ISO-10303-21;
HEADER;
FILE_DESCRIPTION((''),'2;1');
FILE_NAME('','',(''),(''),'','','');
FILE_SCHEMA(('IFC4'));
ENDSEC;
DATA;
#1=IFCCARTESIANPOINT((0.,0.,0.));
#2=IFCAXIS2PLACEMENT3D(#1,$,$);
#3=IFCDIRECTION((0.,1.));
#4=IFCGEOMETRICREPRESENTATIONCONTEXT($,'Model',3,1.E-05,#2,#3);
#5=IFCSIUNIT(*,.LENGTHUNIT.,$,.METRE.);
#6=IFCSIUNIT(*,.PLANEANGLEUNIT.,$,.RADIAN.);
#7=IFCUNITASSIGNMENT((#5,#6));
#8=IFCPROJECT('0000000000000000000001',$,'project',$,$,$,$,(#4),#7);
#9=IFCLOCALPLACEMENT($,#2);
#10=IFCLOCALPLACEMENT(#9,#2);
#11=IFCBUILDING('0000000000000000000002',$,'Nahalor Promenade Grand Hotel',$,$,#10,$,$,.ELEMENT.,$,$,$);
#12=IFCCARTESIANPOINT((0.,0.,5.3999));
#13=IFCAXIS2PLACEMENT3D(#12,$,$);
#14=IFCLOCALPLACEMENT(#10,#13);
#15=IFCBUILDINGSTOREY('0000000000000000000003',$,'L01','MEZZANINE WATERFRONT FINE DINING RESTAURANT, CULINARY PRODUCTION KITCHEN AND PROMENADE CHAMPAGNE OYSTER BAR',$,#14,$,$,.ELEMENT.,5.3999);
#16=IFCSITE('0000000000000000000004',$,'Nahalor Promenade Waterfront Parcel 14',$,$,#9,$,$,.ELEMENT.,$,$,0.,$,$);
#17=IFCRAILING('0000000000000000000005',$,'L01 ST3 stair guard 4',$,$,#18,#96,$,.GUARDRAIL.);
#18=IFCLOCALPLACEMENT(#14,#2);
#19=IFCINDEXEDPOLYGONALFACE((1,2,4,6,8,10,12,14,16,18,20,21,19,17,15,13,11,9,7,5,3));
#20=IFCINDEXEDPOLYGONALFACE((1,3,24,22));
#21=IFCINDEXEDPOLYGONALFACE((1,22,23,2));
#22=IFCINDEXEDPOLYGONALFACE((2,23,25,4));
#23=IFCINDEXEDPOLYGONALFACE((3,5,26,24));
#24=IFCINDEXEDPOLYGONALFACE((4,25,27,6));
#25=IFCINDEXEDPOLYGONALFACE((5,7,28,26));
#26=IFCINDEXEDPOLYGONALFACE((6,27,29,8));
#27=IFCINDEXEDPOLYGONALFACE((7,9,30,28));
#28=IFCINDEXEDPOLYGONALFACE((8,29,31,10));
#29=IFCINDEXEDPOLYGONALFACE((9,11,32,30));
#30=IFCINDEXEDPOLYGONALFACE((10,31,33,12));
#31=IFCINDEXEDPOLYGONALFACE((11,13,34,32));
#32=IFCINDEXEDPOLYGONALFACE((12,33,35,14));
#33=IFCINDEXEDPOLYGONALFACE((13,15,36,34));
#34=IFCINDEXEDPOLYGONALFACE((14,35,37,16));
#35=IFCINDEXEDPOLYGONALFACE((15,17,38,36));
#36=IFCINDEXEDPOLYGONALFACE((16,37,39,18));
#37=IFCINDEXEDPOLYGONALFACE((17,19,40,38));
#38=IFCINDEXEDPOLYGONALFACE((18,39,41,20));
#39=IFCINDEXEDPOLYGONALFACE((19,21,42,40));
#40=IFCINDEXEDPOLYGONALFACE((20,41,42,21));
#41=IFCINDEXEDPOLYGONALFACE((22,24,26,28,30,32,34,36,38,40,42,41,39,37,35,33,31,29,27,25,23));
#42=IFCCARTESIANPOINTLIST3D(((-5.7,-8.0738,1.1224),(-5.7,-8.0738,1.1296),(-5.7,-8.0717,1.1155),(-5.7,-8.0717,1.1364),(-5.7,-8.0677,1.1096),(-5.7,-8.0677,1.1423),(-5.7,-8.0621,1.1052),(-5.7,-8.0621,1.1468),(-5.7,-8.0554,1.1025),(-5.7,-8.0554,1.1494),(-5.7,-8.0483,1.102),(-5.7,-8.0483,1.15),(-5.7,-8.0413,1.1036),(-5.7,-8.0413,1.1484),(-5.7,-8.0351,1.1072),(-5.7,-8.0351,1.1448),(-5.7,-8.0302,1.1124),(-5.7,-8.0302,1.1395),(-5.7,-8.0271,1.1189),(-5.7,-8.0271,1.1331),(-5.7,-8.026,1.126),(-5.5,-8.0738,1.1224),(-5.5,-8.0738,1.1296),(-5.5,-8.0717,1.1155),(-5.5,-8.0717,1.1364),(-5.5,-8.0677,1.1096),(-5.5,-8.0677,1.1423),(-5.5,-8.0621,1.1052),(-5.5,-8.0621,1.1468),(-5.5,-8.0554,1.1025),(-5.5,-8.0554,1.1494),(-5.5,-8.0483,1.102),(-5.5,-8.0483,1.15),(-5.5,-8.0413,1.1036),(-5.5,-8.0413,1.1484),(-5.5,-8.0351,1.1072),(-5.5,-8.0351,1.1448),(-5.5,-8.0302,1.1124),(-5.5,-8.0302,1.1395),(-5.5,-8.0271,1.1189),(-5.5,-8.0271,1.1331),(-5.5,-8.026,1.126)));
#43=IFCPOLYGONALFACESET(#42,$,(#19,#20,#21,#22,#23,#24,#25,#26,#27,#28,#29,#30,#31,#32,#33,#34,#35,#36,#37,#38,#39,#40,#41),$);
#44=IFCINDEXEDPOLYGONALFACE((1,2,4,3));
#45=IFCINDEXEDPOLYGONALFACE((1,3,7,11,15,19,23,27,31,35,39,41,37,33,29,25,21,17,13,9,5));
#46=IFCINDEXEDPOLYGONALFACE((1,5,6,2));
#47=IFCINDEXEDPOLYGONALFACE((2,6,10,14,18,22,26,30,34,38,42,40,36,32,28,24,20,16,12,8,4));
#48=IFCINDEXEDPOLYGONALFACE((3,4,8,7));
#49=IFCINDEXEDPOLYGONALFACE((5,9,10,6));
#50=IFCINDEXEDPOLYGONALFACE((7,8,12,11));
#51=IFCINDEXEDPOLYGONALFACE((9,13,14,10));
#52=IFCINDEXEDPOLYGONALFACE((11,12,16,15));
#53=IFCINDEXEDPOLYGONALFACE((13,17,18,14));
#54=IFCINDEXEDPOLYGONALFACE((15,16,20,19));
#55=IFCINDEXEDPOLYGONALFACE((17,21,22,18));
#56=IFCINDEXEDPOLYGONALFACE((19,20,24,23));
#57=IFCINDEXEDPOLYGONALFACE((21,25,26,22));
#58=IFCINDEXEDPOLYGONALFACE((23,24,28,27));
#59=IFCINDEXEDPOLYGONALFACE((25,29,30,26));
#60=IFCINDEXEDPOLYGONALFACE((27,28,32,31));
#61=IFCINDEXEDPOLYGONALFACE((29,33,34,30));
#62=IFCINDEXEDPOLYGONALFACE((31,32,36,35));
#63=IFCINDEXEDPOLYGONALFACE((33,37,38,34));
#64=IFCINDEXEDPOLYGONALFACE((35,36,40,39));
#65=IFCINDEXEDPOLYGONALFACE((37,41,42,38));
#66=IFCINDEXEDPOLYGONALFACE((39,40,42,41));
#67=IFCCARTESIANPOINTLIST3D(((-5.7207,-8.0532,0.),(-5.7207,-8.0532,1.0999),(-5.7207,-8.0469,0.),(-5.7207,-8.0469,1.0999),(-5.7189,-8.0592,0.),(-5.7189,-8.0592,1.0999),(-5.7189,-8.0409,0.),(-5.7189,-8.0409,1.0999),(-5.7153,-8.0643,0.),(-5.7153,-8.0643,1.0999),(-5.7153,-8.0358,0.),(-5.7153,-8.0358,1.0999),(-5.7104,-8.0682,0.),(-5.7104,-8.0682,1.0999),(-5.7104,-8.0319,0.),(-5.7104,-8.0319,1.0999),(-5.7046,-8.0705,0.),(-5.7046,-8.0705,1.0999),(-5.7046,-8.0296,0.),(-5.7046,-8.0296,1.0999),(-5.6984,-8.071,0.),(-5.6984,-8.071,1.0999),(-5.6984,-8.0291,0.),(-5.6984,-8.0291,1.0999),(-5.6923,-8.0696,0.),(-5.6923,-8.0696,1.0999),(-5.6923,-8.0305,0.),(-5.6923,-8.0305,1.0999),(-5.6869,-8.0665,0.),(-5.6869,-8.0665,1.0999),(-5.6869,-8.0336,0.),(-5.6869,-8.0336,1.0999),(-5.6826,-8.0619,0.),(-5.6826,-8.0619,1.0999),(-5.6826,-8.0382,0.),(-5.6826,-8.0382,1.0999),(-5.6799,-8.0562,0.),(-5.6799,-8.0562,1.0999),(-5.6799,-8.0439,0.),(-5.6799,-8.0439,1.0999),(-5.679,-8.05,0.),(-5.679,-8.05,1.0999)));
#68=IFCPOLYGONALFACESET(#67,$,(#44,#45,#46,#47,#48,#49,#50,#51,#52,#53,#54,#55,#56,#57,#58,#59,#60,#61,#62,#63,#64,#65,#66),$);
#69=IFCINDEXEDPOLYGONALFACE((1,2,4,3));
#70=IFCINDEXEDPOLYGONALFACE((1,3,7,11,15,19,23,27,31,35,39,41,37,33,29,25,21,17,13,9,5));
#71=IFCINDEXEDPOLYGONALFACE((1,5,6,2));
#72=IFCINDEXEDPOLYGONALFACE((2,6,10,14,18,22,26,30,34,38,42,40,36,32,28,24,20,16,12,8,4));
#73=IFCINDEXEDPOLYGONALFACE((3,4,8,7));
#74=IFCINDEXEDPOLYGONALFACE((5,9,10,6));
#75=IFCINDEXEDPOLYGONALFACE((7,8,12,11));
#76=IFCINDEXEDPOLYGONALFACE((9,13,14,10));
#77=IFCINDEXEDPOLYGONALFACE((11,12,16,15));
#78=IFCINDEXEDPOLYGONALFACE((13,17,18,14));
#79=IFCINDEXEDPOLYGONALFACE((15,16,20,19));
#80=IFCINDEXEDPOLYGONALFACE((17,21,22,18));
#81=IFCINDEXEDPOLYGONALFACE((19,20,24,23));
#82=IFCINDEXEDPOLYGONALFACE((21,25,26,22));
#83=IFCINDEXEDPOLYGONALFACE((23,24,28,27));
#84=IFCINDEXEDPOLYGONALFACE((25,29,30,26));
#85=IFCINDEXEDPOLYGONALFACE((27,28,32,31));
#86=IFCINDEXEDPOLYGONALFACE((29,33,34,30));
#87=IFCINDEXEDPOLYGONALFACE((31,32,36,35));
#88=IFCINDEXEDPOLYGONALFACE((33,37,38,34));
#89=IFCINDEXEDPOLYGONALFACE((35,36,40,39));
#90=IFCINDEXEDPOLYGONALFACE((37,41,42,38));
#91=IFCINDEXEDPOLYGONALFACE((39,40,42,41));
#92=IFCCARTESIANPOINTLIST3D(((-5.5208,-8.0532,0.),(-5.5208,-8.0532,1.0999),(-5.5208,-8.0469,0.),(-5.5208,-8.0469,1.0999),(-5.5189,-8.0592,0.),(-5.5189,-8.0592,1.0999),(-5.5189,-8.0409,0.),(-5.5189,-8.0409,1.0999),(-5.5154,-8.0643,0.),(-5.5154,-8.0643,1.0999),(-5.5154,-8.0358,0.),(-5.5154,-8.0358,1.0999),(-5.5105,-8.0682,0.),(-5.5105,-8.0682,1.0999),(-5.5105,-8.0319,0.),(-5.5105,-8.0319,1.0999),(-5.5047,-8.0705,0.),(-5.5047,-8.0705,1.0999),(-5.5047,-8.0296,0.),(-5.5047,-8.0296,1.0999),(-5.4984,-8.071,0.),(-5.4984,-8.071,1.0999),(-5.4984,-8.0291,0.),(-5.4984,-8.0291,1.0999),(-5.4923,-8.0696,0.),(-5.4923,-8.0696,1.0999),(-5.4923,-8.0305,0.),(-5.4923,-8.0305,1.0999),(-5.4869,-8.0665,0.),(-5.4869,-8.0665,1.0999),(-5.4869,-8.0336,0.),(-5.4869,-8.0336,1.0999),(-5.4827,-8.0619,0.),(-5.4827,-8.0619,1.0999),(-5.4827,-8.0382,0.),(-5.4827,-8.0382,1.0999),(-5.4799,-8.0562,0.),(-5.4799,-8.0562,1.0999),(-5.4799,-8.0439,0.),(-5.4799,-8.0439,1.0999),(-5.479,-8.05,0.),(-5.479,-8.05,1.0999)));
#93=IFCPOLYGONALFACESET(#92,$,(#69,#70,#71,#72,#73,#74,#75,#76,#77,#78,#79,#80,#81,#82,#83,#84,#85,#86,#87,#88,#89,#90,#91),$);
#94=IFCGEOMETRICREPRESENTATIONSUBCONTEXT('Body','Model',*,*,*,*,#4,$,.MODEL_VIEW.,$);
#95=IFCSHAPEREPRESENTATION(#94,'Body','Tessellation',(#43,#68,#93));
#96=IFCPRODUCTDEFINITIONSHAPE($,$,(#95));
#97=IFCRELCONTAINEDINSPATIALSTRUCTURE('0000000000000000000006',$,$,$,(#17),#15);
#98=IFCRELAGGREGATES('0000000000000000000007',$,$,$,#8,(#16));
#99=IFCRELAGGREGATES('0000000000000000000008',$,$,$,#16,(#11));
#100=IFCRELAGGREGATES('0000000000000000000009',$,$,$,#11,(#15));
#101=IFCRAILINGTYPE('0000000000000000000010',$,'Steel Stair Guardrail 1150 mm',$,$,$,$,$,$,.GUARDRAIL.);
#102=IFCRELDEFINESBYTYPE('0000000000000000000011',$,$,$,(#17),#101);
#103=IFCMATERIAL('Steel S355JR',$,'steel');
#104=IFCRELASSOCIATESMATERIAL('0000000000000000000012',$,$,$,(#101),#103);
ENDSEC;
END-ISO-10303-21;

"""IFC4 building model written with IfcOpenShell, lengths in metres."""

from ifc_helpers import new_model, si_unit, direction, frame, origin, origin_2d, place, context, subcontext, project, spatial, circle, extrude, material, type_object, element, save


model = new_model("IFC4")

# Units and contexts
model_context = context("Model", 3, precision=1e-05, world=origin(), true_north=direction((0.0, 1.0)))
body_context = subcontext(model_context, "Body", "Model", "MODEL_VIEW")
ifc_project = project(units=[si_unit("LENGTHUNIT", "METRE"), si_unit("PLANEANGLEUNIT", "RADIAN")], contexts=[model_context])

# Site, building, storey
site_placement = place(None, origin())
site = spatial("IfcSite", under=ifc_project, at=site_placement, Name="Nahalor Promenade Waterfront Parcel 14", CompositionType="ELEMENT", RefElevation=0.0)
building_placement = place(site_placement, origin())
building = spatial("IfcBuilding", under=site, at=building_placement, Name="Nahalor Promenade Grand Hotel", CompositionType="ELEMENT")
storey_placement = place(building_placement, frame((0.0, 0.0, 5.3999)))
storey = spatial("IfcBuildingStorey", under=building, at=storey_placement, Name="L01", Description="MEZZANINE WATERFRONT FINE DINING RESTAURANT, CULINARY PRODUCTION KITCHEN AND PROMENADE CHAMPAGNE OYSTER BAR", CompositionType="ELEMENT", Elevation=5.3999)

# Shared definitions
ifc_material_1 = material(Name="Steel S355JR", Category="steel")

# Railing
railing_type_1 = type_object("IfcRailingType", Name="Steel Stair Guardrail 1150 mm", PredefinedType="GUARDRAIL", material=ifc_material_1)
railing_1_placement = place(storey_placement, frame((-5.7, -8.05, 0.0)))
element("IfcRailing", 1, at=railing_1_placement, inside=storey, type_object=railing_type_1, Name="L01 ST3 stair guard 4", PredefinedType="GUARDRAIL", context=body_context, shape_type="SweptSolid", body=[
    extrude(circle(Radius=0.024, at=origin_2d()), frame((0.0, 0.0, 1.126), z_axis=(1.0, 0.0, 0.0), x_axis=(0.0, 1.0, 0.0)), (0.0, 0.0, 1.0), 0.2),
    extrude(circle(Radius=0.021, at=origin_2d()), origin(), (0.0, 0.0, 1.0), 1.0999),
    extrude(circle(Radius=0.021, at=origin_2d()), frame((0.2, 0.0, 0.0)), (0.0, 0.0, 1.0), 1.0999),
])

save(model, "model.ifc")
